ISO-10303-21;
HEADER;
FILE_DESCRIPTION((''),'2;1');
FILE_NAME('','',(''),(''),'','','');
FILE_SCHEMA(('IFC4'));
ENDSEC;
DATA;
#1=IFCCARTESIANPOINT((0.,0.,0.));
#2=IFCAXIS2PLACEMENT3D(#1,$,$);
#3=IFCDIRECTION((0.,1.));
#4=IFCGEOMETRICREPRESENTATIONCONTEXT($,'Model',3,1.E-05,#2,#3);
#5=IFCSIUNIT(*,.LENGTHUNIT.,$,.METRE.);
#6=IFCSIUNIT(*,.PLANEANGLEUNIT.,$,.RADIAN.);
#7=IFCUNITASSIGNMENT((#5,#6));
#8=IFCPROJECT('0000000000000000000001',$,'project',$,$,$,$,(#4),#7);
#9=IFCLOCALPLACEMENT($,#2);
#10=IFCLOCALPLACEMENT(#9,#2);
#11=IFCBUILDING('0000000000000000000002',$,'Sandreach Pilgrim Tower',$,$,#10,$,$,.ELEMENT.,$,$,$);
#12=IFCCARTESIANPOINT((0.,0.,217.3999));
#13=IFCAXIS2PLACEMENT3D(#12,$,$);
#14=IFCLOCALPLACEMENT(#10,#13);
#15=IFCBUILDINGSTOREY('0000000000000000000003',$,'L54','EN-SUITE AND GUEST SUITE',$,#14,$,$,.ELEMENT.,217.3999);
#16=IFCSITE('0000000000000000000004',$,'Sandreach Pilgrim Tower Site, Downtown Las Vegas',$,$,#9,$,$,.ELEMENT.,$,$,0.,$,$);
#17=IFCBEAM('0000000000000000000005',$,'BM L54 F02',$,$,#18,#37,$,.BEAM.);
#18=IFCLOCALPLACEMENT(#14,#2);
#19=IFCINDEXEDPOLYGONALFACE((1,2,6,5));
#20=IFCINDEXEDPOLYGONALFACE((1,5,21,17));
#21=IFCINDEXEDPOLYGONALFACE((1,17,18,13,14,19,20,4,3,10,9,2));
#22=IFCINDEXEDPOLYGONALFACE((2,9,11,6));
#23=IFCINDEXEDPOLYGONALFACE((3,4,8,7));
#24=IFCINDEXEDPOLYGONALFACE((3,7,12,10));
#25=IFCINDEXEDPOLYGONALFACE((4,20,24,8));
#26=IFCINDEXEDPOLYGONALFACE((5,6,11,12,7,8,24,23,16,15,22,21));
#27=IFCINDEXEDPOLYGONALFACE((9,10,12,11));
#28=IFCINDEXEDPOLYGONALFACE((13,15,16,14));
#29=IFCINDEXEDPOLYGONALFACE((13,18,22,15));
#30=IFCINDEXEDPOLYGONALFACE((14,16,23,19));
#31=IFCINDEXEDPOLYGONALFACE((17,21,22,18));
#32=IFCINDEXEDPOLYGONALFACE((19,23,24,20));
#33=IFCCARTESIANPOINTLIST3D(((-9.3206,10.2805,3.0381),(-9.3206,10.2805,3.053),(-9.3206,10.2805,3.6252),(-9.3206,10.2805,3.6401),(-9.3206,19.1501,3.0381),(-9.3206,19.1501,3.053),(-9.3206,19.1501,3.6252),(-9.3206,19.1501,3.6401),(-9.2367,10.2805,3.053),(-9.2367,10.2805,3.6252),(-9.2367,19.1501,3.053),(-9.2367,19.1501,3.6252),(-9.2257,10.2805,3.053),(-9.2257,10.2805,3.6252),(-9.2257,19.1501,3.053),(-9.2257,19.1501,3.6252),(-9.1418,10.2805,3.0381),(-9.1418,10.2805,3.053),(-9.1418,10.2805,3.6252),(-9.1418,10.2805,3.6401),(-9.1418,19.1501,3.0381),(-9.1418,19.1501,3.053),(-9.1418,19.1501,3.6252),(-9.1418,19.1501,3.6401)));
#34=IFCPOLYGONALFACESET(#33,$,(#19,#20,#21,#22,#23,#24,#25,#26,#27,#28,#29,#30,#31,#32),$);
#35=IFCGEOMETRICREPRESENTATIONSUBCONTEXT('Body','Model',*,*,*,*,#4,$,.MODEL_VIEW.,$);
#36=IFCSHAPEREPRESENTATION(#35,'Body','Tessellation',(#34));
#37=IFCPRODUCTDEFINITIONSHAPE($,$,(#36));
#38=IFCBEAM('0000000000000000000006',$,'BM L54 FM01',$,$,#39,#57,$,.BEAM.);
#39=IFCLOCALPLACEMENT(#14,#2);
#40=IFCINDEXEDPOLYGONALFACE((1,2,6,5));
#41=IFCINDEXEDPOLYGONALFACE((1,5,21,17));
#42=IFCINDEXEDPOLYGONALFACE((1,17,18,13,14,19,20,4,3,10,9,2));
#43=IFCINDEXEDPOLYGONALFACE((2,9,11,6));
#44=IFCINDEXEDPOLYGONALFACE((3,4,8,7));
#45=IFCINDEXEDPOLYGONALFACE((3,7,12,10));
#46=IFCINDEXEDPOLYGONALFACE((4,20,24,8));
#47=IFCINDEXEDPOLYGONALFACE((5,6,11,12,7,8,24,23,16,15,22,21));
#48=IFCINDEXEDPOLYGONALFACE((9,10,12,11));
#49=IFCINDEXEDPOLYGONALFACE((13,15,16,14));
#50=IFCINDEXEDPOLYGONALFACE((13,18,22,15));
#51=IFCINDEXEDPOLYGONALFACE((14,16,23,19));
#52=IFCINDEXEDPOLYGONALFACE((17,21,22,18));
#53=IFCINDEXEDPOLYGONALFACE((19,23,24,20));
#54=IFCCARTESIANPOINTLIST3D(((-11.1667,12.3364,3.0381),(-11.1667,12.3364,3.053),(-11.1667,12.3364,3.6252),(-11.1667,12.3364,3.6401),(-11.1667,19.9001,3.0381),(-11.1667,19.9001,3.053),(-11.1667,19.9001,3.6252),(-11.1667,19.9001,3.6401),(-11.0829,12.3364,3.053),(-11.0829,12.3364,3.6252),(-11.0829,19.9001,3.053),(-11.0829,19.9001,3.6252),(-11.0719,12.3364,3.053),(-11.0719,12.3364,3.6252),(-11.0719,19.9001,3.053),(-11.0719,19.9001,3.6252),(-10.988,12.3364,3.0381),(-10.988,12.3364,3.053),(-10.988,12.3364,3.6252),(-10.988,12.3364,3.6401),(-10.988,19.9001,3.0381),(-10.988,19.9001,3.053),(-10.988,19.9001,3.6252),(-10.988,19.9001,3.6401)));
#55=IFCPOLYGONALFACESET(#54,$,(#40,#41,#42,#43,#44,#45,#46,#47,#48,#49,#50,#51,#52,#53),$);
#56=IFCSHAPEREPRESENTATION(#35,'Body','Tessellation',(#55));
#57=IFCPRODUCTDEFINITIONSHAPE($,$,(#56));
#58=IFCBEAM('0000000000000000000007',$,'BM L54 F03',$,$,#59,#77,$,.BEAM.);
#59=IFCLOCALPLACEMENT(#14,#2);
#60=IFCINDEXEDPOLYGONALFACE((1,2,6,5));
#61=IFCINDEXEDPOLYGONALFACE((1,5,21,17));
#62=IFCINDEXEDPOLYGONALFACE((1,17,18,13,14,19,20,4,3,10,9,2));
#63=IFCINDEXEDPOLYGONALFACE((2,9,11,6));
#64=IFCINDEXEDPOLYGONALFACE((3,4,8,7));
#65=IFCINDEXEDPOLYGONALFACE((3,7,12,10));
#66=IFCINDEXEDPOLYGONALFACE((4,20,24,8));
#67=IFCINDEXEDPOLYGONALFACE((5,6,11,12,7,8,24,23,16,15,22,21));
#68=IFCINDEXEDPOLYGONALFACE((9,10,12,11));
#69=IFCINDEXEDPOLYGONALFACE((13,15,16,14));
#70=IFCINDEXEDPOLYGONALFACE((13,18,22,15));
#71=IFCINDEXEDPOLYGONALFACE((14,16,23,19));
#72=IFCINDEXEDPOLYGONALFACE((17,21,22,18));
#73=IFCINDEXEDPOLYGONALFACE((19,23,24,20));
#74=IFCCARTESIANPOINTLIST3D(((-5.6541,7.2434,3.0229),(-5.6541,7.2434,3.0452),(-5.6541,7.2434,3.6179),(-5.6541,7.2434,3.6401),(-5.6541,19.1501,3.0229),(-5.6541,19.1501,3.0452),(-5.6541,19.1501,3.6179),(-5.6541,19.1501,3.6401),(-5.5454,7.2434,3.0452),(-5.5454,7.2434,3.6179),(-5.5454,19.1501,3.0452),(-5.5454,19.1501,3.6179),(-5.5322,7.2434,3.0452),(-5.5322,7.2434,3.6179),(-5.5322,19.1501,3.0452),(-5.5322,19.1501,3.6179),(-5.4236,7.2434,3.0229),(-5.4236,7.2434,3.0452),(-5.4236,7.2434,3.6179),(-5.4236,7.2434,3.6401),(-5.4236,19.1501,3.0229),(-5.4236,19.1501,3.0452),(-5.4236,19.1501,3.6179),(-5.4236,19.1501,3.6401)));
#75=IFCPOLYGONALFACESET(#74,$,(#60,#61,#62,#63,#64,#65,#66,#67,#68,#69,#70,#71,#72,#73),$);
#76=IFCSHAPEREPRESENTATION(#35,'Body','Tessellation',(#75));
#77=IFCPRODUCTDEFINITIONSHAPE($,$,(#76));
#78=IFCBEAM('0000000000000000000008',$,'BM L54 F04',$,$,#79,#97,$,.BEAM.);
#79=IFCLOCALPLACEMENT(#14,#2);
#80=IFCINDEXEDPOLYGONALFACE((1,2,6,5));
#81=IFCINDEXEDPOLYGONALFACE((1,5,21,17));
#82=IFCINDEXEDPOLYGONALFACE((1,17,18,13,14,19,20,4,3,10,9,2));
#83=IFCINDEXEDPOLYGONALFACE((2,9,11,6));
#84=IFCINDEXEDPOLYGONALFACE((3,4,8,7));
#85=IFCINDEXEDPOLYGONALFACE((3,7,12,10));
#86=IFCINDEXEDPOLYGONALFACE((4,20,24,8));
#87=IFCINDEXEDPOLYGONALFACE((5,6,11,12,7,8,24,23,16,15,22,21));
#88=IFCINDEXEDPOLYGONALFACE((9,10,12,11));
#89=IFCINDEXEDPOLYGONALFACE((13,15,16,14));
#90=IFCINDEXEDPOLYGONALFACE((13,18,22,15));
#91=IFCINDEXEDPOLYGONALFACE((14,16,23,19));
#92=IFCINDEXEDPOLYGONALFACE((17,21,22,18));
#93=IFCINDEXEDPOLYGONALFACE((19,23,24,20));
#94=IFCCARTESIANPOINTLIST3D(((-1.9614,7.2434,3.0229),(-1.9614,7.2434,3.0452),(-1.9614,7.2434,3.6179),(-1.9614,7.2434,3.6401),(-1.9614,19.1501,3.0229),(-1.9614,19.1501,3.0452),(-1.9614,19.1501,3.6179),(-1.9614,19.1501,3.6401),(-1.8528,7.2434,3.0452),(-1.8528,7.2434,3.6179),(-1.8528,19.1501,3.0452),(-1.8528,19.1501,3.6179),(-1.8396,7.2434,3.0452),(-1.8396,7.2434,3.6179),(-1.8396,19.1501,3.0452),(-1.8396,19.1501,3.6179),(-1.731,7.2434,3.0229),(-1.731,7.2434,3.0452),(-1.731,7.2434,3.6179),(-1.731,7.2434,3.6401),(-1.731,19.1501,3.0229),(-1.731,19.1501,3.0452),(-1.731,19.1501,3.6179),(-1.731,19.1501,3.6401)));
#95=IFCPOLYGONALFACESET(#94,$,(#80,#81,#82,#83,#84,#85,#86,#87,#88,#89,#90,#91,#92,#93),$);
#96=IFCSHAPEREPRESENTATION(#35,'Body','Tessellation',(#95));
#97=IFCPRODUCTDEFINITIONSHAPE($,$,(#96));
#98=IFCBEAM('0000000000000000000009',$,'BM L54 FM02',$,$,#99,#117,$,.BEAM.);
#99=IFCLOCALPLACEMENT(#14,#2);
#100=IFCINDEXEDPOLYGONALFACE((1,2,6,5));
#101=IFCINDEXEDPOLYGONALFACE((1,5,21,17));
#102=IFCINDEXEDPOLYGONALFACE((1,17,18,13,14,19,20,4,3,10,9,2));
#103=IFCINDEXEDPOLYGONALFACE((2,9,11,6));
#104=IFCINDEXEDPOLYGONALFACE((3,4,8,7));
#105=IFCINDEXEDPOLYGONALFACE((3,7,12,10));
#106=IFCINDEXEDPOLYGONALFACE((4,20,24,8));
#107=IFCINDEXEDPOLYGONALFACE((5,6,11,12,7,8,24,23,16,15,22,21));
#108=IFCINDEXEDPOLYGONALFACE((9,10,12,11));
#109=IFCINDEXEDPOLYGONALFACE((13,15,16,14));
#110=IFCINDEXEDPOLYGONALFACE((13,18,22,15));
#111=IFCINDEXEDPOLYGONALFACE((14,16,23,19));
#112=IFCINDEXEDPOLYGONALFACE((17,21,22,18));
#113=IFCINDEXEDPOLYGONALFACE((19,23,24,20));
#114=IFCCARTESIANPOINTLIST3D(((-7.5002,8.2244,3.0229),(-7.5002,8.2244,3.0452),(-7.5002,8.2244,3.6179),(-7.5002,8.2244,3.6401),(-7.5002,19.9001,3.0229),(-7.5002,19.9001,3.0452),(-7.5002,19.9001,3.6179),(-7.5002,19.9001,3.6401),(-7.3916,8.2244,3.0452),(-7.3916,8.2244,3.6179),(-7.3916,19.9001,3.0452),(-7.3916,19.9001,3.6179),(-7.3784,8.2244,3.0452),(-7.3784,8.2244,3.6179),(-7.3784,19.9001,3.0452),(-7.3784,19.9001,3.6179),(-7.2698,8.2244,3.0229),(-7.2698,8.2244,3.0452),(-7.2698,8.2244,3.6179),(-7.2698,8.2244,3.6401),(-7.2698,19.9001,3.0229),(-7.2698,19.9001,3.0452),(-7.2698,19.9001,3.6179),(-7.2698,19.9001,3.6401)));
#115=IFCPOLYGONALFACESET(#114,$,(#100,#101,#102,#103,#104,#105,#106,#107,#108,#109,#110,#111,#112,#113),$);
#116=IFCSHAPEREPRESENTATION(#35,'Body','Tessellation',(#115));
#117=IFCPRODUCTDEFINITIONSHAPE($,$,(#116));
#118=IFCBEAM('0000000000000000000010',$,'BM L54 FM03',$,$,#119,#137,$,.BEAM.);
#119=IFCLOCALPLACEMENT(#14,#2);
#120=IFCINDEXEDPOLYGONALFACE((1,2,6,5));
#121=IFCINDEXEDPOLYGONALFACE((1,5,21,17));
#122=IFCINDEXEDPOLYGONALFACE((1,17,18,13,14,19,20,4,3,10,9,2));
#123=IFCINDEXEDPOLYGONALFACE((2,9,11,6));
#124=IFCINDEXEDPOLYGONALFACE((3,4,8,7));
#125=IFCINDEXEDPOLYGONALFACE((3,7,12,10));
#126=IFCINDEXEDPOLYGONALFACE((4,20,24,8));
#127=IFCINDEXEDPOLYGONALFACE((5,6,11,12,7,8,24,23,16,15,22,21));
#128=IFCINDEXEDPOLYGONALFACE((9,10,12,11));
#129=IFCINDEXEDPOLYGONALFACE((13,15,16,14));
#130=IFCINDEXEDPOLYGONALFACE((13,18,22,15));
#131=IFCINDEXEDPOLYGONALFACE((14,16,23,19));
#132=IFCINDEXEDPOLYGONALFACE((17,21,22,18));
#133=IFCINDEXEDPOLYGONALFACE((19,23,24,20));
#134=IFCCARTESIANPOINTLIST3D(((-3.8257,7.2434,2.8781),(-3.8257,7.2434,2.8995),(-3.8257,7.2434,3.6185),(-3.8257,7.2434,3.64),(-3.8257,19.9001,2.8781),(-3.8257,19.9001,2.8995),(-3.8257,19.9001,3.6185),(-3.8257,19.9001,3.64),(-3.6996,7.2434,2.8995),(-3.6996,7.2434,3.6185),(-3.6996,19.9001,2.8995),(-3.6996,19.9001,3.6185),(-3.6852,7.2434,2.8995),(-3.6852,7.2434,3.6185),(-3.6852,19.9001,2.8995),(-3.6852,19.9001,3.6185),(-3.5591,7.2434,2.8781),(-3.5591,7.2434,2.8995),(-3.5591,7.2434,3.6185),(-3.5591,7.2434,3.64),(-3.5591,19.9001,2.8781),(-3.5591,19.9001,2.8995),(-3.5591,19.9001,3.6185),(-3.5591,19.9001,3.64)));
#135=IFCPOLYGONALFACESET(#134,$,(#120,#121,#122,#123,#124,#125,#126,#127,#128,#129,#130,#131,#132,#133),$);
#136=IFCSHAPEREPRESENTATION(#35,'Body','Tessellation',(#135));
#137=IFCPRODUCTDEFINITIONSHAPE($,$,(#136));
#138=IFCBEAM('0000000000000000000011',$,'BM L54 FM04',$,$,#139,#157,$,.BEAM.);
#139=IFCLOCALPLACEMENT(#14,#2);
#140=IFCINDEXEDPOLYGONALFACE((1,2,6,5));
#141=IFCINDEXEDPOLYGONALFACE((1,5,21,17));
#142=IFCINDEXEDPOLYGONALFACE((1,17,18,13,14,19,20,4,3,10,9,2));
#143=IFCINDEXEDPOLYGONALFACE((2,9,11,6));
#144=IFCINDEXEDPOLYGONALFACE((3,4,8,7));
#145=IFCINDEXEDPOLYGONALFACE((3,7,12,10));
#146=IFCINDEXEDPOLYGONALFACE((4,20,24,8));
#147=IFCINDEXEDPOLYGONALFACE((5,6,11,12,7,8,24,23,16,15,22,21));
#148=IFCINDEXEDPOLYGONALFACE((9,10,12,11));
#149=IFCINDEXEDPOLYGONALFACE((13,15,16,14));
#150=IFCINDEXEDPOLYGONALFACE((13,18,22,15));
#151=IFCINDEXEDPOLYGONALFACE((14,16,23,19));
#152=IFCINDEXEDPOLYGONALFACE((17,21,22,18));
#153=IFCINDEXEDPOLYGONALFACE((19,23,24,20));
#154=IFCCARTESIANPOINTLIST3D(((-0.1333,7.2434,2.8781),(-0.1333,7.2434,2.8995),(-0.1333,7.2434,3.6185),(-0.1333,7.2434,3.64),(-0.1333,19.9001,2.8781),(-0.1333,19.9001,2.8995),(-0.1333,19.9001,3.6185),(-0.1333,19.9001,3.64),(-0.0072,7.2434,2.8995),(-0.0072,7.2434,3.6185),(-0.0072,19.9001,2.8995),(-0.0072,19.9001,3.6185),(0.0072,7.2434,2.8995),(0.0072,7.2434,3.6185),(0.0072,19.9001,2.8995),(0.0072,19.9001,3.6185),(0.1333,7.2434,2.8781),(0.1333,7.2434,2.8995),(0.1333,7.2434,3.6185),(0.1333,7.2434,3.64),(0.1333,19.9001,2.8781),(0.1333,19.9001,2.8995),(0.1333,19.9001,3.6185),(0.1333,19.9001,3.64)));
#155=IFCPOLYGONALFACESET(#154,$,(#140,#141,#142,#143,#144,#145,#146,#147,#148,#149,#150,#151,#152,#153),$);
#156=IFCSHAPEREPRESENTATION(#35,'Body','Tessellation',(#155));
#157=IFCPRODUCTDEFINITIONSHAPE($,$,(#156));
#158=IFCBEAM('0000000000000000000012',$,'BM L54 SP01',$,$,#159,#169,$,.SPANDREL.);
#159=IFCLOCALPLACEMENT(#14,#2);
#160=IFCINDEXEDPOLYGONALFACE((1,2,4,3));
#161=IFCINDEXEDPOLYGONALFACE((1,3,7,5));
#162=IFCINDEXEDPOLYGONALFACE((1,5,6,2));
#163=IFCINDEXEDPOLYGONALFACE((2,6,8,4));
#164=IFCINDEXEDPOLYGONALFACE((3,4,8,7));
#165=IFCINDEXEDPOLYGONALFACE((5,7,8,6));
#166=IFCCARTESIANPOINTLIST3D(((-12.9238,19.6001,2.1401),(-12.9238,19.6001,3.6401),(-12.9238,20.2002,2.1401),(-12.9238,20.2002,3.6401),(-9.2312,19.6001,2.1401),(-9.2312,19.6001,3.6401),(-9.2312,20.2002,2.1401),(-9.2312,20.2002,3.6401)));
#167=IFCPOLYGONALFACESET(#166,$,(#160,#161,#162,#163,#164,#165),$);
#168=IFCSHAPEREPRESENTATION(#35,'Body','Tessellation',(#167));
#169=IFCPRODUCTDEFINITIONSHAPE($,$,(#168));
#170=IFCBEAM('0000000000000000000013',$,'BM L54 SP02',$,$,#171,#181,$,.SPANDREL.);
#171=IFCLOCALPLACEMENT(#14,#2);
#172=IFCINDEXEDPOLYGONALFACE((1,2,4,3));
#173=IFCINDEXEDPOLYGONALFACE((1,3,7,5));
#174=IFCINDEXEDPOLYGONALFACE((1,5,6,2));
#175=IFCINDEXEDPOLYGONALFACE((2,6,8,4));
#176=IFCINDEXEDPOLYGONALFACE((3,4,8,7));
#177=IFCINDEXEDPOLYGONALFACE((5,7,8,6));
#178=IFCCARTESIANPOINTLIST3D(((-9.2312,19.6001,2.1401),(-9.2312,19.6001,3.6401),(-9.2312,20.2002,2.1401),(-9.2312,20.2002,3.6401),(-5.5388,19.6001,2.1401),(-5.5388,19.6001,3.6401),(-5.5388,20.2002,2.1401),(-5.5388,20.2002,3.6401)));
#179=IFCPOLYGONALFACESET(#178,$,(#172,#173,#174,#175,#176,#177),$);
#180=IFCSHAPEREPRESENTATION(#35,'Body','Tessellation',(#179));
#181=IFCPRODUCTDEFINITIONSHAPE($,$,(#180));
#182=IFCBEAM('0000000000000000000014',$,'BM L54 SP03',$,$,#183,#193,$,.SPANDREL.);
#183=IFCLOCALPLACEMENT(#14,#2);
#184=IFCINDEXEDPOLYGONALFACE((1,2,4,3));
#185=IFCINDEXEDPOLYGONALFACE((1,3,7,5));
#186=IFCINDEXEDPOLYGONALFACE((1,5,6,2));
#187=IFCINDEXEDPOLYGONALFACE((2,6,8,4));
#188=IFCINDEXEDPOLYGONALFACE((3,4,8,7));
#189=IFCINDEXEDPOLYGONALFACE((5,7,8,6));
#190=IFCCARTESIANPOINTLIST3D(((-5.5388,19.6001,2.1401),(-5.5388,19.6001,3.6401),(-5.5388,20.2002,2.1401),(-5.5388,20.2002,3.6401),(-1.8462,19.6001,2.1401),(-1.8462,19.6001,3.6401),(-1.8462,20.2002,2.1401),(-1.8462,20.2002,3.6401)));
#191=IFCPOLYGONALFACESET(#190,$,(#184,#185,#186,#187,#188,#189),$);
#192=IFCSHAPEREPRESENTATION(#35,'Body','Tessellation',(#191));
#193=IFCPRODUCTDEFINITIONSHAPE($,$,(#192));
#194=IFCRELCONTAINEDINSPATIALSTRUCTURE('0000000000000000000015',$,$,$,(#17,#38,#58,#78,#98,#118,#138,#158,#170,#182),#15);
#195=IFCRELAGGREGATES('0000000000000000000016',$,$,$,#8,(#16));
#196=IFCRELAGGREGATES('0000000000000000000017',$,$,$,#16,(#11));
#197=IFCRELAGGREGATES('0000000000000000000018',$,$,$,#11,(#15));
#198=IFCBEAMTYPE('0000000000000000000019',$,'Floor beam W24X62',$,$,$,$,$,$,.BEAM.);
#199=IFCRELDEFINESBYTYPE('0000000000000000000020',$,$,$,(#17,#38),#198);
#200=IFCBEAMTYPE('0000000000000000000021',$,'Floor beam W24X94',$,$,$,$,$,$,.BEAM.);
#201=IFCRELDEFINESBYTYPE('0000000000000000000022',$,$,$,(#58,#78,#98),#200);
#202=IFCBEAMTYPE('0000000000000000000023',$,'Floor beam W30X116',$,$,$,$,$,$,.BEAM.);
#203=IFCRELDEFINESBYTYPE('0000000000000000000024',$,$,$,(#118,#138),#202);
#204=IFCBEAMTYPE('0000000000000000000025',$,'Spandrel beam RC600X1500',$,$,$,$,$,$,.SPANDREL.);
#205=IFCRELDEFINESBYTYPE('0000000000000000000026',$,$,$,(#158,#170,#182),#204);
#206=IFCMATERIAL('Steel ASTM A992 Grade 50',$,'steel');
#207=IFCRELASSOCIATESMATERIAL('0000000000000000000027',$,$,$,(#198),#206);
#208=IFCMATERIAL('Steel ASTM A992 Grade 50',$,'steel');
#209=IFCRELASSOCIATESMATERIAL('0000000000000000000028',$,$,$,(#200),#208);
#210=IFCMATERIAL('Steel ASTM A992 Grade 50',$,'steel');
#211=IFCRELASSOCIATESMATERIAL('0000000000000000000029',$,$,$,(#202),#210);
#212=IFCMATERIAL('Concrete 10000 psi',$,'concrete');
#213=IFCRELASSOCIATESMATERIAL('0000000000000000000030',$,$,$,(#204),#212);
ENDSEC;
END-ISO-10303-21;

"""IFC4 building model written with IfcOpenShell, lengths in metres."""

from ifc_helpers import new_model, si_unit, direction, frame, origin, origin_2d, place, context, subcontext, project, spatial, rectangle, i_section, extrude, material, material_profile, profile_set, type_object, element, save


model = new_model("IFC4")

# Units and contexts
model_context = context("Model", 3, precision=1e-05, world=origin(), true_north=direction((0.0, 1.0)))
body_context = subcontext(model_context, "Body", "Model", "MODEL_VIEW")
ifc_project = project(units=[si_unit("LENGTHUNIT", "METRE"), si_unit("PLANEANGLEUNIT", "RADIAN")], contexts=[model_context])

# Site, building, storey
site_placement = place(None, origin())
site = spatial("IfcSite", under=ifc_project, at=site_placement, Name="Sandreach Pilgrim Tower Site, Downtown Las Vegas", CompositionType="ELEMENT", RefElevation=0.0)
building_placement = place(site_placement, origin())
building = spatial("IfcBuilding", under=site, at=building_placement, Name="Sandreach Pilgrim Tower", CompositionType="ELEMENT")
storey_placement = place(building_placement, frame((0.0, 0.0, 217.3999)))
storey = spatial("IfcBuildingStorey", under=building, at=storey_placement, Name="L54", Description="EN-SUITE AND GUEST SUITE", CompositionType="ELEMENT", Elevation=217.3999)

# Beams
ifc_material_1 = material(Name="Steel ASTM A992 Grade 50", Category="steel")
ifc_material_profile_1 = material_profile(ifc_material_1, i_section(OverallWidth=0.1787, OverallDepth=0.6021, WebThickness=0.011, FlangeThickness=0.0149, at=origin_2d()), Name="W24X62")
ifc_profile_set_1 = profile_set([ifc_material_profile_1], Name="Steel ASTM A992 Grade 50")
beam_type_1 = type_object("IfcBeamType", Name="Floor beam W24X62", PredefinedType="BEAM", material=ifc_profile_set_1)
beam_1_placement = place(storey_placement, frame((-9.2312, 19.1501, 3.3391), z_axis=(0.0, -1.0, 0.0), x_axis=(1.0, 0.0, 0.0)))
element("IfcBeam", 1, at=beam_1_placement, inside=storey, type_object=beam_type_1, Name="BM L54 F02", PredefinedType="BEAM", context=body_context, shape_type="SweptSolid", body=[
    extrude(i_section(OverallWidth=0.1787, OverallDepth=0.6021, WebThickness=0.011, FlangeThickness=0.0149, at=origin_2d()), origin(), (0.0, 0.0, 1.0), 8.8696),
])
beam_2_placement = place(storey_placement, frame((-11.0774, 19.9001, 3.3391), z_axis=(0.0, -1.0, 0.0), x_axis=(1.0, 0.0, 0.0)))
element("IfcBeam", 2, at=beam_2_placement, inside=storey, type_object=beam_type_1, Name="BM L54 FM01", PredefinedType="BEAM", context=body_context, shape_type="SweptSolid", body=[
    extrude(i_section(OverallWidth=0.1787, OverallDepth=0.6021, WebThickness=0.011, FlangeThickness=0.0149, at=origin_2d()), origin(), (0.0, 0.0, 1.0), 7.5637),
])
ifc_material_2 = material(Name="Steel ASTM A992 Grade 50", Category="steel")
ifc_material_profile_2 = material_profile(ifc_material_2, i_section(OverallWidth=0.2305, OverallDepth=0.6172, WebThickness=0.0132, FlangeThickness=0.0222, at=origin_2d()), Name="W24X94")
ifc_profile_set_2 = profile_set([ifc_material_profile_2], Name="Steel ASTM A992 Grade 50")
beam_type_2 = type_object("IfcBeamType", Name="Floor beam W24X94", PredefinedType="BEAM", material=ifc_profile_set_2)
for number, where, z_axis, x_axis, name in (
    (3, (-5.5388, 19.1501, 3.3315), (0.0, -1.0, 0.0), (1.0, 0.0, 0.0), "BM L54 F03"),
    (4, (-1.8462, 19.1501, 3.3315), (0.0, -1.0, 0.0), (1.0, 0.0, 0.0), "BM L54 F04"),
):
    element("IfcBeam", number, at=place(storey_placement, frame(where, z_axis=z_axis, x_axis=x_axis)), inside=storey, type_object=beam_type_2, Name=name, PredefinedType="BEAM", context=body_context, shape_type="SweptSolid", body=[
        extrude(i_section(OverallWidth=0.2305, OverallDepth=0.6172, WebThickness=0.0132, FlangeThickness=0.0222, at=origin_2d()), origin(), (0.0, 0.0, 1.0), 11.9067),
    ])
beam_3_placement = place(storey_placement, frame((-7.385, 19.9001, 3.3315), z_axis=(0.0, -1.0, 0.0), x_axis=(1.0, 0.0, 0.0)))
element("IfcBeam", 5, at=beam_3_placement, inside=storey, type_object=beam_type_2, Name="BM L54 FM02", PredefinedType="BEAM", context=body_context, shape_type="SweptSolid", body=[
    extrude(i_section(OverallWidth=0.2305, OverallDepth=0.6172, WebThickness=0.0132, FlangeThickness=0.0222, at=origin_2d()), origin(), (0.0, 0.0, 1.0), 11.6758),
])
ifc_material_3 = material(Name="Steel ASTM A992 Grade 50", Category="steel")
ifc_material_profile_3 = material_profile(ifc_material_3, i_section(OverallWidth=0.2666, OverallDepth=0.762, WebThickness=0.0144, FlangeThickness=0.0215, at=origin_2d()), Name="W30X116")
ifc_profile_set_3 = profile_set([ifc_material_profile_3], Name="Steel ASTM A992 Grade 50")
beam_type_3 = type_object("IfcBeamType", Name="Floor beam W30X116", PredefinedType="BEAM", material=ifc_profile_set_3)
for number, where, z_axis, x_axis, name in (
    (6, (-3.6924, 19.9001, 3.259), (0.0, -1.0, 0.0), (1.0, 0.0, 0.0), "BM L54 FM03"),
    (7, (0.0, 19.9001, 3.259), (0.0, -1.0, 0.0), (1.0, 0.0, 0.0), "BM L54 FM04"),
):
    element("IfcBeam", number, at=place(storey_placement, frame(where, z_axis=z_axis, x_axis=x_axis)), inside=storey, type_object=beam_type_3, Name=name, PredefinedType="BEAM", context=body_context, shape_type="SweptSolid", body=[
        extrude(i_section(OverallWidth=0.2666, OverallDepth=0.762, WebThickness=0.0144, FlangeThickness=0.0215, at=origin_2d()), origin(), (0.0, 0.0, 1.0), 12.6567),
    ])
ifc_material_4 = material(Name="Concrete 10000 psi", Category="concrete")
ifc_material_profile_4 = material_profile(ifc_material_4, rectangle(XDim=0.6001, YDim=1.5, at=origin_2d()), Name="RC600X1500")
ifc_profile_set_4 = profile_set([ifc_material_profile_4], Name="Concrete 10000 psi")
beam_type_4 = type_object("IfcBeamType", Name="Spandrel beam RC600X1500", PredefinedType="SPANDREL", material=ifc_profile_set_4)
beam_4_placement = place(storey_placement, frame((-12.9238, 19.9001, 2.8901), z_axis=(1.0, 0.0, 0.0), x_axis=(0.0, 1.0, 0.0)))
element("IfcBeam", 8, at=beam_4_placement, inside=storey, type_object=beam_type_4, Name="BM L54 SP01", PredefinedType="SPANDREL", context=body_context, shape_type="SweptSolid", body=[
    extrude(rectangle(XDim=0.6001, YDim=1.5, at=origin_2d()), origin(), (0.0, 0.0, 1.0), 3.6926),
])
beam_5_placement = place(storey_placement, frame((-9.2312, 19.9001, 2.8901), z_axis=(1.0, 0.0, 0.0), x_axis=(0.0, 1.0, 0.0)))
element("IfcBeam", 9, at=beam_5_placement, inside=storey, type_object=beam_type_4, Name="BM L54 SP02", PredefinedType="SPANDREL", context=body_context, shape_type="SweptSolid", body=[
    extrude(rectangle(XDim=0.6001, YDim=1.5, at=origin_2d()), origin(), (0.0, 0.0, 1.0), 3.6924),
])
beam_6_placement = place(storey_placement, frame((-5.5388, 19.9001, 2.8901), z_axis=(1.0, 0.0, 0.0), x_axis=(0.0, 1.0, 0.0)))
element("IfcBeam", 10, at=beam_6_placement, inside=storey, type_object=beam_type_4, Name="BM L54 SP03", PredefinedType="SPANDREL", context=body_context, shape_type="SweptSolid", body=[
    extrude(rectangle(XDim=0.6001, YDim=1.5, at=origin_2d()), origin(), (0.0, 0.0, 1.0), 3.6926),
])

save(model, "model.ifc")
